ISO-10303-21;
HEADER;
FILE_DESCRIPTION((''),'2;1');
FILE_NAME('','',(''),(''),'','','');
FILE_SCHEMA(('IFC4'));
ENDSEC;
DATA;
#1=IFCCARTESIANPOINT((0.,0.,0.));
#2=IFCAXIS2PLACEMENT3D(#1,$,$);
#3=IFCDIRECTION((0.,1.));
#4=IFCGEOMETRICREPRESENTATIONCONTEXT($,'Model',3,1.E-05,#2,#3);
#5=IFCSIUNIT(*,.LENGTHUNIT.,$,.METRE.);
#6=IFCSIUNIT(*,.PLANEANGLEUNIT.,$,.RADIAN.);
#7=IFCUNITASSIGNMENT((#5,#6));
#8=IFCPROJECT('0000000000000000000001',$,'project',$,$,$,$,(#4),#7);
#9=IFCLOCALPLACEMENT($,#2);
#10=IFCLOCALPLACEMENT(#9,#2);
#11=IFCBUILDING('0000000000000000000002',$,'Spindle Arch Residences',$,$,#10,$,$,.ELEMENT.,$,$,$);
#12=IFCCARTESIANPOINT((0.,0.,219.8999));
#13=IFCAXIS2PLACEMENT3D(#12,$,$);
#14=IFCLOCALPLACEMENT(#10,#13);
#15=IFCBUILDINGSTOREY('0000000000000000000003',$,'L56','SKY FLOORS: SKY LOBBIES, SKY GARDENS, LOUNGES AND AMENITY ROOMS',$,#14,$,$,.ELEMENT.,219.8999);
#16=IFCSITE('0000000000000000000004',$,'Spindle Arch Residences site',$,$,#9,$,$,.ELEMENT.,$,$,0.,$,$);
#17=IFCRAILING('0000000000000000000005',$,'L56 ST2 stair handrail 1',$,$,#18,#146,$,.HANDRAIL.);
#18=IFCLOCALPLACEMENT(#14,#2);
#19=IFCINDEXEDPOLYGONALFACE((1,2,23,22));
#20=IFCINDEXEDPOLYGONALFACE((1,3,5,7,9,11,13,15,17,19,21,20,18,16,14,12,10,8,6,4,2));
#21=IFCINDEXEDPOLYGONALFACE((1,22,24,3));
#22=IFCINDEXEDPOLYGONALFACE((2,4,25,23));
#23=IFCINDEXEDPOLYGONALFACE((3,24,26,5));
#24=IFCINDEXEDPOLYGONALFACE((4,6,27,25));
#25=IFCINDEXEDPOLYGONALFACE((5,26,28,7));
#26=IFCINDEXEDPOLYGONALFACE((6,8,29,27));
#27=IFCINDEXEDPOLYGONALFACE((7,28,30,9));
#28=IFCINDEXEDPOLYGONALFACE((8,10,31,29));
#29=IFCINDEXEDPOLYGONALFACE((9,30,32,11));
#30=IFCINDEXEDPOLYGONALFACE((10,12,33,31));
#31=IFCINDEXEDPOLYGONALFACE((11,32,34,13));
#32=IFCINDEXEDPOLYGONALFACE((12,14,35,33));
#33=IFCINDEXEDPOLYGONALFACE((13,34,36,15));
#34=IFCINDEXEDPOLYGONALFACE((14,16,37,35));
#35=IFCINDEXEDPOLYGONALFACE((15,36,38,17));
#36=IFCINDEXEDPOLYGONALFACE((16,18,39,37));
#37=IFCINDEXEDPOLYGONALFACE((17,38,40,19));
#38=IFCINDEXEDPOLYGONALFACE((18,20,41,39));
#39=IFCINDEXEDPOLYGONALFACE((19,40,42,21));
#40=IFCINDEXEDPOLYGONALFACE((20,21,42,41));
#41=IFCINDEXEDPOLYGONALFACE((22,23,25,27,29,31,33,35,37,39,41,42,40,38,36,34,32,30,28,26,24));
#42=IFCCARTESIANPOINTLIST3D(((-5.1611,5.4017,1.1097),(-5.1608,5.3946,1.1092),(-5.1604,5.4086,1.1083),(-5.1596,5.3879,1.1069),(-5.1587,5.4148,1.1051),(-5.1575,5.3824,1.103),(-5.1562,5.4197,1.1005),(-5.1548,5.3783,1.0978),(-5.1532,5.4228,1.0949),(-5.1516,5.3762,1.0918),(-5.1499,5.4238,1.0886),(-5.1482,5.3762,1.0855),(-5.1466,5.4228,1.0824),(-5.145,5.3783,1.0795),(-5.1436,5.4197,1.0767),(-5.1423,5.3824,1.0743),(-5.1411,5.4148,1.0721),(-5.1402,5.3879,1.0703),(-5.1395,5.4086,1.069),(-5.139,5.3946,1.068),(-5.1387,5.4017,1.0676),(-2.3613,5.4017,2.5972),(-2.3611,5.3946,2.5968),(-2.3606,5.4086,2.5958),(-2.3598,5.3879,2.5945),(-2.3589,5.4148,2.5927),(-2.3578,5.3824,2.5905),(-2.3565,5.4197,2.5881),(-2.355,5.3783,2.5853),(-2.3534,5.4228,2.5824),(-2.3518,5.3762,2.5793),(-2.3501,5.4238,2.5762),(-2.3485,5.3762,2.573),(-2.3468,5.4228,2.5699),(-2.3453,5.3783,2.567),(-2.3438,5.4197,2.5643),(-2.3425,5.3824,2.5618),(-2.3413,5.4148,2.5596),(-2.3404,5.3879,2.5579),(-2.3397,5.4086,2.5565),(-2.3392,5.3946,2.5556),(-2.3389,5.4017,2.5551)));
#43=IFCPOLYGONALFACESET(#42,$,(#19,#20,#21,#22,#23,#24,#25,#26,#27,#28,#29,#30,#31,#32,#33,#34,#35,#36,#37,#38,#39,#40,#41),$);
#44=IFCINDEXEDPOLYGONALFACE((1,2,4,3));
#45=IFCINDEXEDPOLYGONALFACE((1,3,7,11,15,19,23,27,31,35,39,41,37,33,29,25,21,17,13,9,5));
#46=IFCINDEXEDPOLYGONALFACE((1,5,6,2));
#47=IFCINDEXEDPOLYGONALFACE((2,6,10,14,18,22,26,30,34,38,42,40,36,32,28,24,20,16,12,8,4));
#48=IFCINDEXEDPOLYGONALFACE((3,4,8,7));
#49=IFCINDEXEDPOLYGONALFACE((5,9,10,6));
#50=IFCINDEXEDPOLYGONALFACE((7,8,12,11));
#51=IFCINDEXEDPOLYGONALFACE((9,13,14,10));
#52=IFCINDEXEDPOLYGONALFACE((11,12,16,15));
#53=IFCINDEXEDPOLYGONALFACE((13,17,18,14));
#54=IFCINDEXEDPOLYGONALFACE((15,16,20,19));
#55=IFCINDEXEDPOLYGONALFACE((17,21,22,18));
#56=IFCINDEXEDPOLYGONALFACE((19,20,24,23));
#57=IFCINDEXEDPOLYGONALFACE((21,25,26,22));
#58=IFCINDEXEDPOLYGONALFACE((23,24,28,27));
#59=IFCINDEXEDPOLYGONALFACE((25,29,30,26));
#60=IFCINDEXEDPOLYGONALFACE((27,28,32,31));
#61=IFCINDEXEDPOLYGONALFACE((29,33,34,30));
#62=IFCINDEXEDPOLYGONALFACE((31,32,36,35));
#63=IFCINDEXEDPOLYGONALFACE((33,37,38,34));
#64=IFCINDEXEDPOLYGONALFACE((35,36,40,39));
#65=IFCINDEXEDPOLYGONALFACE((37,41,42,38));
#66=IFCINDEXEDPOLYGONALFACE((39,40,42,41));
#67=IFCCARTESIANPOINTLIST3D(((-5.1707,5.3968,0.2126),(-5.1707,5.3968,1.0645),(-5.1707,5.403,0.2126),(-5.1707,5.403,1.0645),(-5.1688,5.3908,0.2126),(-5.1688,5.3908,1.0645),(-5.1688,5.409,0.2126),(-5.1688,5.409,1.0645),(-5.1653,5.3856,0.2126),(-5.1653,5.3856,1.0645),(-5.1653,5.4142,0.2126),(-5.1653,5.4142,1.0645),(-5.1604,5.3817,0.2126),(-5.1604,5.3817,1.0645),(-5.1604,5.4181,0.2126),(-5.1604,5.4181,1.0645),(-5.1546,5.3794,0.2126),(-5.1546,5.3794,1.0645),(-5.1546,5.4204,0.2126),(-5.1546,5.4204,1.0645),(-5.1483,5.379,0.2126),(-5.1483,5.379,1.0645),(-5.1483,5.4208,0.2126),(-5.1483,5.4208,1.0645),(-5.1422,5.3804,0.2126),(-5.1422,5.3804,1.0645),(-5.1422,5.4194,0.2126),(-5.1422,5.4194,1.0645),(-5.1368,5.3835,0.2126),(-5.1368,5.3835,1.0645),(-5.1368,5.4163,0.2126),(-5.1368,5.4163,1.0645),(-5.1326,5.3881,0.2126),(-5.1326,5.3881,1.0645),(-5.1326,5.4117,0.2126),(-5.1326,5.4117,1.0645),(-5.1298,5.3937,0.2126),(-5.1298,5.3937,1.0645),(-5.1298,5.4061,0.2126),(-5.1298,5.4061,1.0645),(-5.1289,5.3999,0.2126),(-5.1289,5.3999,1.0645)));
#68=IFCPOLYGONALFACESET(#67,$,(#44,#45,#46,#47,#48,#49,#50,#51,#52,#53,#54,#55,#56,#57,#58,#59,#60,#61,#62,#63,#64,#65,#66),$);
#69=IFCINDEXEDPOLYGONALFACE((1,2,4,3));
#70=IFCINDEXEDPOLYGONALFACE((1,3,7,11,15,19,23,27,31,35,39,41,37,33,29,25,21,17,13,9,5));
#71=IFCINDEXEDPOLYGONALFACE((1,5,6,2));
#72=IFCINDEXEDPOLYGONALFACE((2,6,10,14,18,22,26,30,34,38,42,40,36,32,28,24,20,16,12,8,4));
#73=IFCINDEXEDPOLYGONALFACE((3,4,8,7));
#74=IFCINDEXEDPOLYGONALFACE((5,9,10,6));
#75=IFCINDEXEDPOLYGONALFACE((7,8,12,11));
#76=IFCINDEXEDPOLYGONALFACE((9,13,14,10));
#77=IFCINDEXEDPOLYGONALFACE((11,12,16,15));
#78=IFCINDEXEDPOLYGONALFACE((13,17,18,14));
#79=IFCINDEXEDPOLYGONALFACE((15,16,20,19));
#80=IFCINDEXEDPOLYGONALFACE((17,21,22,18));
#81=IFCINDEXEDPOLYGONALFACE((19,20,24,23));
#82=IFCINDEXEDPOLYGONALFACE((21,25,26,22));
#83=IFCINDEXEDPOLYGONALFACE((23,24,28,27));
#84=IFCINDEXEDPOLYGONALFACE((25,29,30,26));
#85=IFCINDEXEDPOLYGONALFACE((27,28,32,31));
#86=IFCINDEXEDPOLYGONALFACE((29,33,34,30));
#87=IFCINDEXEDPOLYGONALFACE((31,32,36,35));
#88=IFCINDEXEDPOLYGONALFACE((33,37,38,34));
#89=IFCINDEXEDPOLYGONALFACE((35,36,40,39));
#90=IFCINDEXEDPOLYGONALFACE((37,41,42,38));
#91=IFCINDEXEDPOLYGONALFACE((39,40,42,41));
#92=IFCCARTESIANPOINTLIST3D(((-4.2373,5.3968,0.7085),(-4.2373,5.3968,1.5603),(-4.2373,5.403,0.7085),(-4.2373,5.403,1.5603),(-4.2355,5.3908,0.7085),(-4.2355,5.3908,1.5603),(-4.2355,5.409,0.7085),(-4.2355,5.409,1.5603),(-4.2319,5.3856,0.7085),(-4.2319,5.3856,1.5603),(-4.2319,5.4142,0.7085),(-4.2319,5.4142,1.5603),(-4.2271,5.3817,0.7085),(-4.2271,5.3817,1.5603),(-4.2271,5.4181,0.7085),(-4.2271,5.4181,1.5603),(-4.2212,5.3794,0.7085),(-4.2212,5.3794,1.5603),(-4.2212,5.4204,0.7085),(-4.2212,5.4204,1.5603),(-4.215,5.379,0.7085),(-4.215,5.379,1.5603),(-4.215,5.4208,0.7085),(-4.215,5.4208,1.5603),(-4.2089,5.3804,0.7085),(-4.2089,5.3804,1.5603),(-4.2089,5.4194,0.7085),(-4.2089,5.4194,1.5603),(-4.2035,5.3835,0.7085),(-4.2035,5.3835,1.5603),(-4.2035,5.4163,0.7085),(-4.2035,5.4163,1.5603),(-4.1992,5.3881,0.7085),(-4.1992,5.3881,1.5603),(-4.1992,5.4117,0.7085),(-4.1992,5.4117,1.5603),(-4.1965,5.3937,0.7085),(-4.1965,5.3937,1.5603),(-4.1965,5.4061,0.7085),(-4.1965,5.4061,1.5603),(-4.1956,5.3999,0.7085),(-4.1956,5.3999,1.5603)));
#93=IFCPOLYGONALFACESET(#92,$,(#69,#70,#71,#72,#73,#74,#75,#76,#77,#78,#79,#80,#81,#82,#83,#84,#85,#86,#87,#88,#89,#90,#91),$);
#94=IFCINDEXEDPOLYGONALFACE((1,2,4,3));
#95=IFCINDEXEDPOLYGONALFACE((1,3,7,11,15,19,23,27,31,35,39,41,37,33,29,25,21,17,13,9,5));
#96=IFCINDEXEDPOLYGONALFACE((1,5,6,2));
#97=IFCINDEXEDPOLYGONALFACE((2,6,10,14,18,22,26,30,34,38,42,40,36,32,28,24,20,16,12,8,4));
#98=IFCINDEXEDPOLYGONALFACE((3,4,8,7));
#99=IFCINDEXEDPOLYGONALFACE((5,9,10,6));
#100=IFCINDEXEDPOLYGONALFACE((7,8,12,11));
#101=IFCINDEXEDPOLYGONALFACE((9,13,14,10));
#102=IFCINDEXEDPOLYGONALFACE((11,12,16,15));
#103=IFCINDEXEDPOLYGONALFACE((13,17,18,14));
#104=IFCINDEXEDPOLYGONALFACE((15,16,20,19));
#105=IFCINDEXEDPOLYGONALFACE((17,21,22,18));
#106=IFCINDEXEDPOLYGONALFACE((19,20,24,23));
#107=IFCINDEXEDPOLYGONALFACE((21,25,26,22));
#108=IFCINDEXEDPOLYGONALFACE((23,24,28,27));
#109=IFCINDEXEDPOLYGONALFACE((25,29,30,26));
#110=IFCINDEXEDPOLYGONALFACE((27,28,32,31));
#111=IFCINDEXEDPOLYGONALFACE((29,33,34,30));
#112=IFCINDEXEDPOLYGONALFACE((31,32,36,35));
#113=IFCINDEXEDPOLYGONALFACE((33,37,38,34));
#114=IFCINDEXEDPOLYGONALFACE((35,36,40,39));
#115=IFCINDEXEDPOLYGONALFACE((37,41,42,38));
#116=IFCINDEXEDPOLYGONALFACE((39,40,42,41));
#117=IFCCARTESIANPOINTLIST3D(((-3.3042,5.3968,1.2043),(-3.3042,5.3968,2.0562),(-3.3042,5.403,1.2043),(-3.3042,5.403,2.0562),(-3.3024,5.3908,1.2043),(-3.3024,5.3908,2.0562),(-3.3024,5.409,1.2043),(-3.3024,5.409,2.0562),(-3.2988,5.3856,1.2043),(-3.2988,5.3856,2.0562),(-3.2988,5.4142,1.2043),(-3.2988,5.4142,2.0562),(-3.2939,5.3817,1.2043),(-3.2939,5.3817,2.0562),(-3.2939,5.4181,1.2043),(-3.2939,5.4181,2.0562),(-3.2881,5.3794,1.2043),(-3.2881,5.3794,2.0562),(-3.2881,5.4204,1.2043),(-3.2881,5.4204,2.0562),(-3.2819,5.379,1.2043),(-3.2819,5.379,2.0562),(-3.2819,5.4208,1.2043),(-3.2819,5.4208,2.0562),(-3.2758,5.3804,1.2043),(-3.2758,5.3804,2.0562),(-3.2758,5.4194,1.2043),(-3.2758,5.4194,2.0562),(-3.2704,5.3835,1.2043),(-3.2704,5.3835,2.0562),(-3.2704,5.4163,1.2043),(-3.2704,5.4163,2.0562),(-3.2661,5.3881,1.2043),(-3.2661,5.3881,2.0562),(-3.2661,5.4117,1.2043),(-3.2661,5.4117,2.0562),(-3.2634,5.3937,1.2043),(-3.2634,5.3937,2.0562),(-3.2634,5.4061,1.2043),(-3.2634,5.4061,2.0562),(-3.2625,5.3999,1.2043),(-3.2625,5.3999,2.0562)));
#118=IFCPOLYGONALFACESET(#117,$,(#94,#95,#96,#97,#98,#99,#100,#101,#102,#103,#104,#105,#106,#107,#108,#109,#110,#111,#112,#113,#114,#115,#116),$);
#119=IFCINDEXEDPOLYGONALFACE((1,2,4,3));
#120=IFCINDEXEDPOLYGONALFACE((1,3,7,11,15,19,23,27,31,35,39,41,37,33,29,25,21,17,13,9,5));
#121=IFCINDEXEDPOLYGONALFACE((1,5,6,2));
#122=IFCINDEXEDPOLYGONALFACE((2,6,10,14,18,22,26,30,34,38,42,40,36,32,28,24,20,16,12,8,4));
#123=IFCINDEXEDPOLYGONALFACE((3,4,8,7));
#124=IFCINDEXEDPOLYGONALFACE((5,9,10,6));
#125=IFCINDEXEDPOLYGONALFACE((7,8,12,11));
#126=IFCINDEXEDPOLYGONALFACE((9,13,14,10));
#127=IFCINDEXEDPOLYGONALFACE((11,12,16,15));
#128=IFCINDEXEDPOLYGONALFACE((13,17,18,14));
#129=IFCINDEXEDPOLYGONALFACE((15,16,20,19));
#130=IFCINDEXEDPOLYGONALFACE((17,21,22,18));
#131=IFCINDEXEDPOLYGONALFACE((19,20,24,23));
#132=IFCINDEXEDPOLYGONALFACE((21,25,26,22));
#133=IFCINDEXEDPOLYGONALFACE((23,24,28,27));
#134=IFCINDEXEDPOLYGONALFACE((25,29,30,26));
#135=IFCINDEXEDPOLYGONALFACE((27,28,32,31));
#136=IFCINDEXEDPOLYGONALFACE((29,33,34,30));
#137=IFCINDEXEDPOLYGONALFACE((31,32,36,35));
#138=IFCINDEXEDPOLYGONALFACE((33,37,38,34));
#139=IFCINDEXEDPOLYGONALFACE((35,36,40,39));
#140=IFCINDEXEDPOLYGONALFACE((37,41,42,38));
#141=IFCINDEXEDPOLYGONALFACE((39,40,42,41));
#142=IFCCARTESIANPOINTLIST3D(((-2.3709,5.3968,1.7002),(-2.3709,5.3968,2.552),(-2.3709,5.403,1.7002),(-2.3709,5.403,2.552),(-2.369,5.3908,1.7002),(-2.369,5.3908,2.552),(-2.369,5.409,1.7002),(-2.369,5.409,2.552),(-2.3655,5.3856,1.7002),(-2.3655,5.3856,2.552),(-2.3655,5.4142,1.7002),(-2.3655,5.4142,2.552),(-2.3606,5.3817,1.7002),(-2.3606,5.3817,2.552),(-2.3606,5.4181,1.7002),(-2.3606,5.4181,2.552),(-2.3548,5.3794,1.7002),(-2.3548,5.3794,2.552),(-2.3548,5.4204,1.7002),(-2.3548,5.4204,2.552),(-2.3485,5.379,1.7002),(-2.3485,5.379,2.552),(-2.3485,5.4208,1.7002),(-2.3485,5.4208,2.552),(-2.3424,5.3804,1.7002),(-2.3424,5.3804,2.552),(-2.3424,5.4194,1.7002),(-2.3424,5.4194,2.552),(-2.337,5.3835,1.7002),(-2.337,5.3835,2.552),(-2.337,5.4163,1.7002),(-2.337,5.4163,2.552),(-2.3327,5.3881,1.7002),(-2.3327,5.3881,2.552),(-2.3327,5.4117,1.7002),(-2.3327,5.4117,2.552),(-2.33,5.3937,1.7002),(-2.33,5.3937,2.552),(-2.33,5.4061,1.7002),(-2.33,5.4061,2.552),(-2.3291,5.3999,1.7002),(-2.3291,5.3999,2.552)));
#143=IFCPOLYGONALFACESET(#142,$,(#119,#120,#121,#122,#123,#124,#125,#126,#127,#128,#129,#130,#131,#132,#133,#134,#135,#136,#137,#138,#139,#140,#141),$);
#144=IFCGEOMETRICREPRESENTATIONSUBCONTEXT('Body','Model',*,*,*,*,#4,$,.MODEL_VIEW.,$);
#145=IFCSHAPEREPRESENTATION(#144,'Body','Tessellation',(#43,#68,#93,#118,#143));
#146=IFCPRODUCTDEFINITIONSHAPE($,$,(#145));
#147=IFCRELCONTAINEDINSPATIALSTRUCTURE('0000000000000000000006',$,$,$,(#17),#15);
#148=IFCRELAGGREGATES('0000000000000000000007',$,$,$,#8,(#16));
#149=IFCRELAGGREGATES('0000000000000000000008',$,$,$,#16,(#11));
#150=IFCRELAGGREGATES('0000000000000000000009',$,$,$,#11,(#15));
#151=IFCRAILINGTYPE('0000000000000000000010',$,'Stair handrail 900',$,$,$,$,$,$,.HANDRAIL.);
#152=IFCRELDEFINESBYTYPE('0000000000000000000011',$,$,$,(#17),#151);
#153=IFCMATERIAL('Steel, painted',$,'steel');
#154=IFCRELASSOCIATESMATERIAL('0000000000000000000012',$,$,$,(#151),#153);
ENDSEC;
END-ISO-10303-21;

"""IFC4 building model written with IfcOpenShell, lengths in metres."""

from ifc_helpers import new_model, si_unit, direction, frame, origin, origin_2d, place, context, subcontext, project, spatial, circle, extrude, material, type_object, element, save


model = new_model("IFC4")

# Units and contexts
model_context = context("Model", 3, precision=1e-05, world=origin(), true_north=direction((0.0, 1.0)))
body_context = subcontext(model_context, "Body", "Model", "MODEL_VIEW")
ifc_project = project(units=[si_unit("LENGTHUNIT", "METRE"), si_unit("PLANEANGLEUNIT", "RADIAN")], contexts=[model_context])

# Site, building, storey
site_placement = place(None, origin())
site = spatial("IfcSite", under=ifc_project, at=site_placement, Name="Spindle Arch Residences site", CompositionType="ELEMENT", RefElevation=0.0)
building_placement = place(site_placement, origin())
building = spatial("IfcBuilding", under=site, at=building_placement, Name="Spindle Arch Residences", CompositionType="ELEMENT")
storey_placement = place(building_placement, frame((0.0, 0.0, 219.8999)))
storey = spatial("IfcBuildingStorey", under=building, at=storey_placement, Name="L56", Description="SKY FLOORS: SKY LOBBIES, SKY GARDENS, LOUNGES AND AMENITY ROOMS", CompositionType="ELEMENT", Elevation=219.8999)

# Railing
ifc_material_1 = material(Name="Steel, painted", Category="steel")
railing_type_1 = type_object("IfcRailingType", Name="Stair handrail 900", PredefinedType="HANDRAIL", material=ifc_material_1)
railing_1_placement = place(storey_placement, frame((-5.1499, 5.3999, 0.2126)))
element("IfcRailing", 1, at=railing_1_placement, inside=storey, type_object=railing_type_1, Name="L56 ST2 stair handrail 1", PredefinedType="HANDRAIL", context=body_context, shape_type="SweptSolid", body=[
    extrude(circle(Radius=0.0239, at=origin_2d()), frame((0.0, 0.0, 0.876), z_axis=(0.883096, 0.0, 0.469193), x_axis=(0.0, 1.0, 0.0)), (0.0, 0.0, 1.0), 3.1704),
    extrude(circle(Radius=0.021, at=origin_2d()), origin(), (0.0, 0.0, 1.0), 0.8518),
    extrude(circle(Radius=0.021, at=origin_2d()), frame((0.9333, 0.0, 0.4958)), (0.0, 0.0, 1.0), 0.8518),
    extrude(circle(Radius=0.021, at=origin_2d()), frame((1.8665, 0.0, 0.9917)), (0.0, 0.0, 1.0), 0.8518),
    extrude(circle(Radius=0.021, at=origin_2d()), frame((2.7998, 0.0, 1.4875)), (0.0, 0.0, 1.0), 0.8518),
])

save(model, "model.ifc")
